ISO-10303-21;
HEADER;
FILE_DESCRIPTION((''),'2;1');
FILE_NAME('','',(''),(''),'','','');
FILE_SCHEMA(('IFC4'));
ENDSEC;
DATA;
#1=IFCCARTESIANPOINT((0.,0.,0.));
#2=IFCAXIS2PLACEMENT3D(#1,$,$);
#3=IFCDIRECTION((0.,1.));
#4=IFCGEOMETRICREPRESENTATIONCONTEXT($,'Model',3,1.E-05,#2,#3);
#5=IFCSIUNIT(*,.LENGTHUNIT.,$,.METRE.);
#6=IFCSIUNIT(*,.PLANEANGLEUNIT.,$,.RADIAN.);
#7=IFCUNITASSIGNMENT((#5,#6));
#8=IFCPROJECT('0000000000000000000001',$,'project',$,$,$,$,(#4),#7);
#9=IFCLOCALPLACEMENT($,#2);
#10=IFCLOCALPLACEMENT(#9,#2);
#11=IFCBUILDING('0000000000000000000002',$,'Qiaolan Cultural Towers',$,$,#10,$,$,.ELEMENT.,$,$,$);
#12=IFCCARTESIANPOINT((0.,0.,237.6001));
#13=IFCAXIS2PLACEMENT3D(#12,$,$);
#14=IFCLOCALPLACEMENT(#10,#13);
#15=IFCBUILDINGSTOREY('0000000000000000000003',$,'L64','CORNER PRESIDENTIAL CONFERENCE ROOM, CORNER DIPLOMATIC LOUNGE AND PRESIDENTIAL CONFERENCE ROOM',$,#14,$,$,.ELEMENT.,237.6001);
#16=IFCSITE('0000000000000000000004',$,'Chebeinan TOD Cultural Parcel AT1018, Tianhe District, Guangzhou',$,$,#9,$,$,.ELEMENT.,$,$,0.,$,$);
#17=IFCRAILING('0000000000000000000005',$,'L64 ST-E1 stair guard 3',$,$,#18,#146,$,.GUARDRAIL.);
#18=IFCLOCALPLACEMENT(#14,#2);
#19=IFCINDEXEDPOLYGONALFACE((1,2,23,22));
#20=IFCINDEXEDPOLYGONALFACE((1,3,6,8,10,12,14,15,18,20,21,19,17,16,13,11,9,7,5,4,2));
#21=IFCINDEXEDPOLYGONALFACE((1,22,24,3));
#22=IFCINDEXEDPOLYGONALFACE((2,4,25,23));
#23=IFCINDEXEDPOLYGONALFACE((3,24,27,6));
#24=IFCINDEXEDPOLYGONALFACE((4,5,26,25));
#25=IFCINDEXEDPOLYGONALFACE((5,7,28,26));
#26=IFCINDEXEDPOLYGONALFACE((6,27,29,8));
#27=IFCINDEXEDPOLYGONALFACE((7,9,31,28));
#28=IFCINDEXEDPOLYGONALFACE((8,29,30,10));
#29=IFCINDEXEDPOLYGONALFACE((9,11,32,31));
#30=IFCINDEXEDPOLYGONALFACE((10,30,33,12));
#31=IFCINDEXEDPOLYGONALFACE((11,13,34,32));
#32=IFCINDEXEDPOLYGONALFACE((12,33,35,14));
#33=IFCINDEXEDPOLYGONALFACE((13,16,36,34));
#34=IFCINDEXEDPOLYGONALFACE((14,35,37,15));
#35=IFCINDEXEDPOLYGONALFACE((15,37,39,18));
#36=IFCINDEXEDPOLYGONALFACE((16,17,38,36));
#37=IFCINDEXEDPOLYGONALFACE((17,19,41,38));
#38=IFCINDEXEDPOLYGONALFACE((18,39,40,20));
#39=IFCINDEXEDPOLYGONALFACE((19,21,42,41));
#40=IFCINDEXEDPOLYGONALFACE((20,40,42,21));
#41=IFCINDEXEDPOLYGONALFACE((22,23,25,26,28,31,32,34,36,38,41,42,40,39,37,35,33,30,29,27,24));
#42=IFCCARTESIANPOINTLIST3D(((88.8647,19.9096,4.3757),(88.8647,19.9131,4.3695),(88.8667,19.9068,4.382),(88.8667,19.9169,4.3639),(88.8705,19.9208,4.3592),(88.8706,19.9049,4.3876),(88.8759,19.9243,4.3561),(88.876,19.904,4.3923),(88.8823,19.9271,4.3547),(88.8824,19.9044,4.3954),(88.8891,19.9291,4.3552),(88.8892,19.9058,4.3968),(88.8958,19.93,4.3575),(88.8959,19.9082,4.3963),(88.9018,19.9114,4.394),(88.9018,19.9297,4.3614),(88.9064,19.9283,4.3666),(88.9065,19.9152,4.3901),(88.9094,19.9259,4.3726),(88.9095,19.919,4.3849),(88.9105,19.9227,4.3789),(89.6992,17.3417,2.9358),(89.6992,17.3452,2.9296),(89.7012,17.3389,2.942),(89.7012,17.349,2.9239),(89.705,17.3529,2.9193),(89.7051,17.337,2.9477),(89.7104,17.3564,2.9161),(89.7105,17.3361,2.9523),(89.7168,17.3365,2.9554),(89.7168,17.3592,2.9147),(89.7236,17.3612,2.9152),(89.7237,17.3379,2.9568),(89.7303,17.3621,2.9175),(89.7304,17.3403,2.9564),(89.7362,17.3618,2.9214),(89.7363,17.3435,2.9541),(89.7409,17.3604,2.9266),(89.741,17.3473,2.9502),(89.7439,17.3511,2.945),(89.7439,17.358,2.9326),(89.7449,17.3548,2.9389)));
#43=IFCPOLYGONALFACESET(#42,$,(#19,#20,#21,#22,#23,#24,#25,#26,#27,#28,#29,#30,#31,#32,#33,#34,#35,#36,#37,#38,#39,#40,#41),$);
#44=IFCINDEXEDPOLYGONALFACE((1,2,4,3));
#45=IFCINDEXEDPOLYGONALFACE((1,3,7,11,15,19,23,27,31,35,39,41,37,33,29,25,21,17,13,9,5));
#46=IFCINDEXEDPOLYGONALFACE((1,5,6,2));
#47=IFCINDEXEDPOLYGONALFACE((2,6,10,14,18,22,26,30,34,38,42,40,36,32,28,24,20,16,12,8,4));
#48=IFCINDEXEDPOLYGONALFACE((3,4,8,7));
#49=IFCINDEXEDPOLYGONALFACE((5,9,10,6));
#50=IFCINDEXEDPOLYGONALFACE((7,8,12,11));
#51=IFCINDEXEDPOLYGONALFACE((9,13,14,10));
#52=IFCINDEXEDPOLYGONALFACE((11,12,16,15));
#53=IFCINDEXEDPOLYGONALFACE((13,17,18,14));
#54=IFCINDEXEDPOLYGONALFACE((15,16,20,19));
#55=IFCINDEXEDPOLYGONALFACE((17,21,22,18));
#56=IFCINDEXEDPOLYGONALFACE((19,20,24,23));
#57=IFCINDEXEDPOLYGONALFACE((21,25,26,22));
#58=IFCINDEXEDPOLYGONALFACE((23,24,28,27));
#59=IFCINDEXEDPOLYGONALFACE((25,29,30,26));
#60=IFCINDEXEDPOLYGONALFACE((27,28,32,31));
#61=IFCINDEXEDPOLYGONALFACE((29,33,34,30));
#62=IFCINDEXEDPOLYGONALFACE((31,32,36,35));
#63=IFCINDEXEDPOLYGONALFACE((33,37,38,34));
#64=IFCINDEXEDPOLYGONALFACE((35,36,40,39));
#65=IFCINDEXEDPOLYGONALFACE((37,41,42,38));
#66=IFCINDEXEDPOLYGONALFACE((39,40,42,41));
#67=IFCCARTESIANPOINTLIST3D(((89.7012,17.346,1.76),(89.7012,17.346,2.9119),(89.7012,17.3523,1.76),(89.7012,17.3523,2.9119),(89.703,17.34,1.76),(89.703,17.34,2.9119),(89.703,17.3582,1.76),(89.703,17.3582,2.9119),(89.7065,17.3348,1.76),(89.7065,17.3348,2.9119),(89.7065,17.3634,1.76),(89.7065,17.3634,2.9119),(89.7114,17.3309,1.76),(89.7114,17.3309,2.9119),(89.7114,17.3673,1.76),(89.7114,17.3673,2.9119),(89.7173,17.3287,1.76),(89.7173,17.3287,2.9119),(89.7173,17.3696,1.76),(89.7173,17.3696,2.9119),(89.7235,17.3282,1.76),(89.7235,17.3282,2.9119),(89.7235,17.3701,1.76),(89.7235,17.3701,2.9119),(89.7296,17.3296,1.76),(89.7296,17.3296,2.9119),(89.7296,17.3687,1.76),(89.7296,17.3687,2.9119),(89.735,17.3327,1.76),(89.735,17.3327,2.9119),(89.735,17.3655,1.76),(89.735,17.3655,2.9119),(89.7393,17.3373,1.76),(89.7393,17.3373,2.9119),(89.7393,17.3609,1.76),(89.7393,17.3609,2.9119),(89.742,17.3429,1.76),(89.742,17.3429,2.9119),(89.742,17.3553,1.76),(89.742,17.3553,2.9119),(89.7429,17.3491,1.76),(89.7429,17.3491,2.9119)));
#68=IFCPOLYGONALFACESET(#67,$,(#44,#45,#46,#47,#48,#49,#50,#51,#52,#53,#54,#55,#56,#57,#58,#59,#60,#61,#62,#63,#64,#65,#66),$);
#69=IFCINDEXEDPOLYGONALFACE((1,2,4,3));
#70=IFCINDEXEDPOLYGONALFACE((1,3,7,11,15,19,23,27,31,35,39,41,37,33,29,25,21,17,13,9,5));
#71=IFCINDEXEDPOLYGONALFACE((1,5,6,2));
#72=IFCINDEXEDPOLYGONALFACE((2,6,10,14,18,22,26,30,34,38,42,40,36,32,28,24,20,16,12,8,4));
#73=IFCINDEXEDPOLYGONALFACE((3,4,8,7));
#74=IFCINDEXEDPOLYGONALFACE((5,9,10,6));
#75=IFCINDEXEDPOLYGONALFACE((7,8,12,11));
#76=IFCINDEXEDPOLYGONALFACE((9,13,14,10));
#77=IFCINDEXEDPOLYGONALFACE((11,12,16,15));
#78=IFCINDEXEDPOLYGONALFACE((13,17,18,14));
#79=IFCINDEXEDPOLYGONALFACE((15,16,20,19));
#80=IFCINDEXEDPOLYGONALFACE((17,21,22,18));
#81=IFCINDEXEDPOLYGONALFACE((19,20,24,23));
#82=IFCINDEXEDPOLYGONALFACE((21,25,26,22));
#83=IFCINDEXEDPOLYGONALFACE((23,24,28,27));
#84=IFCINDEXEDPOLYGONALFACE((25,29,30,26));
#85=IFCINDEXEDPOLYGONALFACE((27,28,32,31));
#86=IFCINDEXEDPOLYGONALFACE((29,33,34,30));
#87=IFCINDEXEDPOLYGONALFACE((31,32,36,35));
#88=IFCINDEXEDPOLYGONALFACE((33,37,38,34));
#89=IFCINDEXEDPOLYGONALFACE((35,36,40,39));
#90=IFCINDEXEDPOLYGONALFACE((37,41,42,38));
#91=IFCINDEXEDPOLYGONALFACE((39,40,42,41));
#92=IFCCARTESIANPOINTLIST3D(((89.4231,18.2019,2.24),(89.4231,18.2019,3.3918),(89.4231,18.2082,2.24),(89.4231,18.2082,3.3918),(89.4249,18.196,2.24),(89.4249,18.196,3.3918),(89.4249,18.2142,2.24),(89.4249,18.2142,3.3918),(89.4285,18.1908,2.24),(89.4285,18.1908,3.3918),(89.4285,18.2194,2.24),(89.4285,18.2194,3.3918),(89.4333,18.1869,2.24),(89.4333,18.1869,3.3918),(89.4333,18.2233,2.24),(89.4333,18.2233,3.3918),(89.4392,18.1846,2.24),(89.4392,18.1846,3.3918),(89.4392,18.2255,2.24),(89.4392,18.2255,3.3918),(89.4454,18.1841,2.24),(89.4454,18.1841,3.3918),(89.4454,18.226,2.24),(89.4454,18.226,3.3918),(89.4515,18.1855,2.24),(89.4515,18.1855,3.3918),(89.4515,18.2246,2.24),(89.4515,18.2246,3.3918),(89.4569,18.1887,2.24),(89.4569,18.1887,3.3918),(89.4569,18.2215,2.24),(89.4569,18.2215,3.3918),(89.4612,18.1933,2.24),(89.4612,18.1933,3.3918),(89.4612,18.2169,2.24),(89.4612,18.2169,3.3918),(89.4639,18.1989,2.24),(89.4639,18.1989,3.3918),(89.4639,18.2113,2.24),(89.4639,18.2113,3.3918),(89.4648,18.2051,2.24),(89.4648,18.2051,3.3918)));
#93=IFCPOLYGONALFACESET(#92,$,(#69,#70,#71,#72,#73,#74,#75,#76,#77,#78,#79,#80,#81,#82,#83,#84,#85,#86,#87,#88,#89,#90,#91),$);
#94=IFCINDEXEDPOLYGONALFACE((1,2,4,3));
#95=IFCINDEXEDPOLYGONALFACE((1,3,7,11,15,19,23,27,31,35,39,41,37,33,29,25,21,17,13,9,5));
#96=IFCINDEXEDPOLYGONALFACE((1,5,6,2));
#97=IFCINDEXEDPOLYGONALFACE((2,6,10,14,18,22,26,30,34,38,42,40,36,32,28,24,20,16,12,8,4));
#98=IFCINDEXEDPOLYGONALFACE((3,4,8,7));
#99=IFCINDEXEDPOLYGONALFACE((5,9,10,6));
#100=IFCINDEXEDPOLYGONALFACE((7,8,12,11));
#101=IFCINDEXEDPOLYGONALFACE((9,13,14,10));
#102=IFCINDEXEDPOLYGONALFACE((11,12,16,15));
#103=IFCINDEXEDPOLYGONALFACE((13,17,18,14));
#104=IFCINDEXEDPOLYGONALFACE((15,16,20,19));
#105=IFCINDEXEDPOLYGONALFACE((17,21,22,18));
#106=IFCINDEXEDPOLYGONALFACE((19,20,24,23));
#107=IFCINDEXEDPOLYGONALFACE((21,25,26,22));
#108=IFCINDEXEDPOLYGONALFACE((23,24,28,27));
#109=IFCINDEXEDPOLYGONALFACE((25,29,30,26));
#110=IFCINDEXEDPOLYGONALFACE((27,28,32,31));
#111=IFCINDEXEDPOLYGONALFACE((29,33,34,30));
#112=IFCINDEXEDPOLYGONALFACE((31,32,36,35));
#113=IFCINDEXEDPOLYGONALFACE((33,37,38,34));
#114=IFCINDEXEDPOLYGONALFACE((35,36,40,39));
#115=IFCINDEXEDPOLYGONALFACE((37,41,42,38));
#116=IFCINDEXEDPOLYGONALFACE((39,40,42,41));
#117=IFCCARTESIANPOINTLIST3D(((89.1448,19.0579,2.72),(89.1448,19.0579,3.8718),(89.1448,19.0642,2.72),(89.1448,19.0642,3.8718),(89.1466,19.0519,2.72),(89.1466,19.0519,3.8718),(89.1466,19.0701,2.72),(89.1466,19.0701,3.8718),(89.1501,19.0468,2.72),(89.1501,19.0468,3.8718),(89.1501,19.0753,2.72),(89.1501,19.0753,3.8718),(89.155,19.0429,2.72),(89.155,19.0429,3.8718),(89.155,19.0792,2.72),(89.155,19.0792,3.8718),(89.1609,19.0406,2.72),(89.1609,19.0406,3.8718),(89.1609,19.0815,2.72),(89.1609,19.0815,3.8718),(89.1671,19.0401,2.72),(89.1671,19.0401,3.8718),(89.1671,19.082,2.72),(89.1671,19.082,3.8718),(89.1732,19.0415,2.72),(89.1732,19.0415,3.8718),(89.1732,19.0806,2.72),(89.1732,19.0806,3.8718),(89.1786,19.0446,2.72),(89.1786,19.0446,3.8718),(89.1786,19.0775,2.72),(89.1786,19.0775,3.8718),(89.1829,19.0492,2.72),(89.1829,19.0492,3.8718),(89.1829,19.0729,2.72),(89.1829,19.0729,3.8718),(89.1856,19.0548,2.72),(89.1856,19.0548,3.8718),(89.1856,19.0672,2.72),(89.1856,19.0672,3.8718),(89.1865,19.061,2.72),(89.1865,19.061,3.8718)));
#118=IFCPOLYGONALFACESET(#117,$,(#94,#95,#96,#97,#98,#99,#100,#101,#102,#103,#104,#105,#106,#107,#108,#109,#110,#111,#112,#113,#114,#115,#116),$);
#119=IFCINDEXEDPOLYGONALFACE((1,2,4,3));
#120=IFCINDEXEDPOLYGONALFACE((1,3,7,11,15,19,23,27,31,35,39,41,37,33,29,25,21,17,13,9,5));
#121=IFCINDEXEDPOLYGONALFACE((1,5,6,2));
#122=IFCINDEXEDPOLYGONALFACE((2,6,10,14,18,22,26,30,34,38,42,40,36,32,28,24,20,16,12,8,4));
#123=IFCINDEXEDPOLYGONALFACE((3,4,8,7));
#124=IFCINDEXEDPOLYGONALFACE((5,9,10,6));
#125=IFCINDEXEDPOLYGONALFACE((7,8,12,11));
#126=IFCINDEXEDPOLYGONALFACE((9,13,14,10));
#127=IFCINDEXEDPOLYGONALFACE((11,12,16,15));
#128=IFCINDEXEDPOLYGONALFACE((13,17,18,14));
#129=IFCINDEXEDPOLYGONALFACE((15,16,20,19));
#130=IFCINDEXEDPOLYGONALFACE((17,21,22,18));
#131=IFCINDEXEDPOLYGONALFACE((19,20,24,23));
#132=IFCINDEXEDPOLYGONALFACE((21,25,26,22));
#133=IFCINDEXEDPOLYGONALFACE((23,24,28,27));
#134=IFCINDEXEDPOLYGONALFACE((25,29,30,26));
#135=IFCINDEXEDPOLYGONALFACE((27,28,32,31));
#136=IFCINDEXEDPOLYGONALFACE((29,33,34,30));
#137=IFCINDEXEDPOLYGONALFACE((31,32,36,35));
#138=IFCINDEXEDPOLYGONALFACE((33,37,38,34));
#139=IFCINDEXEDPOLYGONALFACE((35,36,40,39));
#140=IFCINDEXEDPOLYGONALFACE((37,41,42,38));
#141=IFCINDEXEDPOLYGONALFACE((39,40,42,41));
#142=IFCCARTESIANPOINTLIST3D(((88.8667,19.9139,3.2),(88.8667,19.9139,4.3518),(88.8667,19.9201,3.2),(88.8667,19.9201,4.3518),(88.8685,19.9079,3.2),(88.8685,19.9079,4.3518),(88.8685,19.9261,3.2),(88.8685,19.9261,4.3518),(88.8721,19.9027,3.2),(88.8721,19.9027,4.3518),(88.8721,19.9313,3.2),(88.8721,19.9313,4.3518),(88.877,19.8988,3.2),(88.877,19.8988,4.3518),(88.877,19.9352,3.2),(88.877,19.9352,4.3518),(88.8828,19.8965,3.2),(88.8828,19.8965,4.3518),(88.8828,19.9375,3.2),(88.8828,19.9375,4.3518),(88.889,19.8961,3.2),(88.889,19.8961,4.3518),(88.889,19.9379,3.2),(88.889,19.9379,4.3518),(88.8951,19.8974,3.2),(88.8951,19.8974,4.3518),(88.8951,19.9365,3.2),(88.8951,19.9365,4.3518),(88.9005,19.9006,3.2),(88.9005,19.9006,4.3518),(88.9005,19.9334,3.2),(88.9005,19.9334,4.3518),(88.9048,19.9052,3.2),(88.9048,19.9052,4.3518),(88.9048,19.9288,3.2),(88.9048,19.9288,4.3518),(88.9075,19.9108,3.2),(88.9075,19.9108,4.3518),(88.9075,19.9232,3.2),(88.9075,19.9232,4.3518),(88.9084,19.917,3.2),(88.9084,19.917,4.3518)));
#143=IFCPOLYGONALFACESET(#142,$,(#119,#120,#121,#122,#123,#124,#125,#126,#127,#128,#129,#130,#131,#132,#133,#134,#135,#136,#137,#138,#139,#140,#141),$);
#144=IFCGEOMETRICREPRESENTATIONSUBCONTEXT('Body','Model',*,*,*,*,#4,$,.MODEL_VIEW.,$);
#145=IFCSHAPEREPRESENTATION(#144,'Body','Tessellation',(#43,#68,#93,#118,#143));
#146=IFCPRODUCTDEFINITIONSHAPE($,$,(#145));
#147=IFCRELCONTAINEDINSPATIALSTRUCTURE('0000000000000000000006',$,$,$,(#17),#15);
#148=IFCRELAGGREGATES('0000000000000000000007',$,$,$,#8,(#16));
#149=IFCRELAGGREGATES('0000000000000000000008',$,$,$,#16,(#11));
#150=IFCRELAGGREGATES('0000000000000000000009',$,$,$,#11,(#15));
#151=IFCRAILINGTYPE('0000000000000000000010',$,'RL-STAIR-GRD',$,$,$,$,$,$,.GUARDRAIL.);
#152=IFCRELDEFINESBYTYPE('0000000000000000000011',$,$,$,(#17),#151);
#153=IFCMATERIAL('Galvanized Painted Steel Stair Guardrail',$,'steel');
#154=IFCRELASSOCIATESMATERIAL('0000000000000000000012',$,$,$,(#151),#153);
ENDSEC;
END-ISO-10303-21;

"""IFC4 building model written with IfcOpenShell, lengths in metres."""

from ifc_helpers import new_model, si_unit, direction, frame, origin, origin_2d, place, context, subcontext, project, spatial, circle, extrude, material, type_object, element, save


model = new_model("IFC4")

# Units and contexts
model_context = context("Model", 3, precision=1e-05, world=origin(), true_north=direction((0.0, 1.0)))
body_context = subcontext(model_context, "Body", "Model", "MODEL_VIEW")
ifc_project = project(units=[si_unit("LENGTHUNIT", "METRE"), si_unit("PLANEANGLEUNIT", "RADIAN")], contexts=[model_context])

# Site, building, storey
site_placement = place(None, origin())
site = spatial("IfcSite", under=ifc_project, at=site_placement, Name="Chebeinan TOD Cultural Parcel AT1018, Tianhe District, Guangzhou", CompositionType="ELEMENT", RefElevation=0.0)
building_placement = place(site_placement, origin())
building = spatial("IfcBuilding", under=site, at=building_placement, Name="Qiaolan Cultural Towers", CompositionType="ELEMENT")
storey_placement = place(building_placement, frame((0.0, 0.0, 237.6001)))
storey = spatial("IfcBuildingStorey", under=building, at=storey_placement, Name="L64", Description="CORNER PRESIDENTIAL CONFERENCE ROOM, CORNER DIPLOMATIC LOUNGE AND PRESIDENTIAL CONFERENCE ROOM", CompositionType="ELEMENT", Elevation=237.6001)

# Railing
ifc_material_1 = material(Name="Galvanized Painted Steel Stair Guardrail", Category="steel")
railing_type_1 = type_object("IfcRailingType", Name="RL-STAIR-GRD", PredefinedType="GUARDRAIL", material=ifc_material_1)
railing_1_placement = place(storey_placement, frame((89.7219, 17.3491, 1.76)))
element("IfcRailing", 1, at=railing_1_placement, inside=storey, type_object=railing_type_1, Name="L64 ST-E1 stair guard 3", PredefinedType="GUARDRAIL", context=body_context, shape_type="SweptSolid", body=[
    extrude(circle(Radius=0.0239, at=origin_2d()), frame((0.0, 0.0, 1.1758), z_axis=(-0.272701, 0.839167, 0.470566), x_axis=(-0.951043, -0.309057, 0.0)), (0.0, 0.0, 1.0), 3.0601),
    extrude(circle(Radius=0.021, at=origin_2d()), origin(), (0.0, 0.0, 1.0), 1.1519),
    extrude(circle(Radius=0.021, at=origin_2d()), frame((-0.2781, 0.856, 0.48)), (0.0, 0.0, 1.0), 1.1519),
    extrude(circle(Radius=0.021, at=origin_2d()), frame((-0.5564, 1.7119, 0.96)), (0.0, 0.0, 1.0), 1.1519),
    extrude(circle(Radius=0.021, at=origin_2d()), frame((-0.8345, 2.5679, 1.4399)), (0.0, 0.0, 1.0), 1.1519),
])

save(model, "model.ifc")
